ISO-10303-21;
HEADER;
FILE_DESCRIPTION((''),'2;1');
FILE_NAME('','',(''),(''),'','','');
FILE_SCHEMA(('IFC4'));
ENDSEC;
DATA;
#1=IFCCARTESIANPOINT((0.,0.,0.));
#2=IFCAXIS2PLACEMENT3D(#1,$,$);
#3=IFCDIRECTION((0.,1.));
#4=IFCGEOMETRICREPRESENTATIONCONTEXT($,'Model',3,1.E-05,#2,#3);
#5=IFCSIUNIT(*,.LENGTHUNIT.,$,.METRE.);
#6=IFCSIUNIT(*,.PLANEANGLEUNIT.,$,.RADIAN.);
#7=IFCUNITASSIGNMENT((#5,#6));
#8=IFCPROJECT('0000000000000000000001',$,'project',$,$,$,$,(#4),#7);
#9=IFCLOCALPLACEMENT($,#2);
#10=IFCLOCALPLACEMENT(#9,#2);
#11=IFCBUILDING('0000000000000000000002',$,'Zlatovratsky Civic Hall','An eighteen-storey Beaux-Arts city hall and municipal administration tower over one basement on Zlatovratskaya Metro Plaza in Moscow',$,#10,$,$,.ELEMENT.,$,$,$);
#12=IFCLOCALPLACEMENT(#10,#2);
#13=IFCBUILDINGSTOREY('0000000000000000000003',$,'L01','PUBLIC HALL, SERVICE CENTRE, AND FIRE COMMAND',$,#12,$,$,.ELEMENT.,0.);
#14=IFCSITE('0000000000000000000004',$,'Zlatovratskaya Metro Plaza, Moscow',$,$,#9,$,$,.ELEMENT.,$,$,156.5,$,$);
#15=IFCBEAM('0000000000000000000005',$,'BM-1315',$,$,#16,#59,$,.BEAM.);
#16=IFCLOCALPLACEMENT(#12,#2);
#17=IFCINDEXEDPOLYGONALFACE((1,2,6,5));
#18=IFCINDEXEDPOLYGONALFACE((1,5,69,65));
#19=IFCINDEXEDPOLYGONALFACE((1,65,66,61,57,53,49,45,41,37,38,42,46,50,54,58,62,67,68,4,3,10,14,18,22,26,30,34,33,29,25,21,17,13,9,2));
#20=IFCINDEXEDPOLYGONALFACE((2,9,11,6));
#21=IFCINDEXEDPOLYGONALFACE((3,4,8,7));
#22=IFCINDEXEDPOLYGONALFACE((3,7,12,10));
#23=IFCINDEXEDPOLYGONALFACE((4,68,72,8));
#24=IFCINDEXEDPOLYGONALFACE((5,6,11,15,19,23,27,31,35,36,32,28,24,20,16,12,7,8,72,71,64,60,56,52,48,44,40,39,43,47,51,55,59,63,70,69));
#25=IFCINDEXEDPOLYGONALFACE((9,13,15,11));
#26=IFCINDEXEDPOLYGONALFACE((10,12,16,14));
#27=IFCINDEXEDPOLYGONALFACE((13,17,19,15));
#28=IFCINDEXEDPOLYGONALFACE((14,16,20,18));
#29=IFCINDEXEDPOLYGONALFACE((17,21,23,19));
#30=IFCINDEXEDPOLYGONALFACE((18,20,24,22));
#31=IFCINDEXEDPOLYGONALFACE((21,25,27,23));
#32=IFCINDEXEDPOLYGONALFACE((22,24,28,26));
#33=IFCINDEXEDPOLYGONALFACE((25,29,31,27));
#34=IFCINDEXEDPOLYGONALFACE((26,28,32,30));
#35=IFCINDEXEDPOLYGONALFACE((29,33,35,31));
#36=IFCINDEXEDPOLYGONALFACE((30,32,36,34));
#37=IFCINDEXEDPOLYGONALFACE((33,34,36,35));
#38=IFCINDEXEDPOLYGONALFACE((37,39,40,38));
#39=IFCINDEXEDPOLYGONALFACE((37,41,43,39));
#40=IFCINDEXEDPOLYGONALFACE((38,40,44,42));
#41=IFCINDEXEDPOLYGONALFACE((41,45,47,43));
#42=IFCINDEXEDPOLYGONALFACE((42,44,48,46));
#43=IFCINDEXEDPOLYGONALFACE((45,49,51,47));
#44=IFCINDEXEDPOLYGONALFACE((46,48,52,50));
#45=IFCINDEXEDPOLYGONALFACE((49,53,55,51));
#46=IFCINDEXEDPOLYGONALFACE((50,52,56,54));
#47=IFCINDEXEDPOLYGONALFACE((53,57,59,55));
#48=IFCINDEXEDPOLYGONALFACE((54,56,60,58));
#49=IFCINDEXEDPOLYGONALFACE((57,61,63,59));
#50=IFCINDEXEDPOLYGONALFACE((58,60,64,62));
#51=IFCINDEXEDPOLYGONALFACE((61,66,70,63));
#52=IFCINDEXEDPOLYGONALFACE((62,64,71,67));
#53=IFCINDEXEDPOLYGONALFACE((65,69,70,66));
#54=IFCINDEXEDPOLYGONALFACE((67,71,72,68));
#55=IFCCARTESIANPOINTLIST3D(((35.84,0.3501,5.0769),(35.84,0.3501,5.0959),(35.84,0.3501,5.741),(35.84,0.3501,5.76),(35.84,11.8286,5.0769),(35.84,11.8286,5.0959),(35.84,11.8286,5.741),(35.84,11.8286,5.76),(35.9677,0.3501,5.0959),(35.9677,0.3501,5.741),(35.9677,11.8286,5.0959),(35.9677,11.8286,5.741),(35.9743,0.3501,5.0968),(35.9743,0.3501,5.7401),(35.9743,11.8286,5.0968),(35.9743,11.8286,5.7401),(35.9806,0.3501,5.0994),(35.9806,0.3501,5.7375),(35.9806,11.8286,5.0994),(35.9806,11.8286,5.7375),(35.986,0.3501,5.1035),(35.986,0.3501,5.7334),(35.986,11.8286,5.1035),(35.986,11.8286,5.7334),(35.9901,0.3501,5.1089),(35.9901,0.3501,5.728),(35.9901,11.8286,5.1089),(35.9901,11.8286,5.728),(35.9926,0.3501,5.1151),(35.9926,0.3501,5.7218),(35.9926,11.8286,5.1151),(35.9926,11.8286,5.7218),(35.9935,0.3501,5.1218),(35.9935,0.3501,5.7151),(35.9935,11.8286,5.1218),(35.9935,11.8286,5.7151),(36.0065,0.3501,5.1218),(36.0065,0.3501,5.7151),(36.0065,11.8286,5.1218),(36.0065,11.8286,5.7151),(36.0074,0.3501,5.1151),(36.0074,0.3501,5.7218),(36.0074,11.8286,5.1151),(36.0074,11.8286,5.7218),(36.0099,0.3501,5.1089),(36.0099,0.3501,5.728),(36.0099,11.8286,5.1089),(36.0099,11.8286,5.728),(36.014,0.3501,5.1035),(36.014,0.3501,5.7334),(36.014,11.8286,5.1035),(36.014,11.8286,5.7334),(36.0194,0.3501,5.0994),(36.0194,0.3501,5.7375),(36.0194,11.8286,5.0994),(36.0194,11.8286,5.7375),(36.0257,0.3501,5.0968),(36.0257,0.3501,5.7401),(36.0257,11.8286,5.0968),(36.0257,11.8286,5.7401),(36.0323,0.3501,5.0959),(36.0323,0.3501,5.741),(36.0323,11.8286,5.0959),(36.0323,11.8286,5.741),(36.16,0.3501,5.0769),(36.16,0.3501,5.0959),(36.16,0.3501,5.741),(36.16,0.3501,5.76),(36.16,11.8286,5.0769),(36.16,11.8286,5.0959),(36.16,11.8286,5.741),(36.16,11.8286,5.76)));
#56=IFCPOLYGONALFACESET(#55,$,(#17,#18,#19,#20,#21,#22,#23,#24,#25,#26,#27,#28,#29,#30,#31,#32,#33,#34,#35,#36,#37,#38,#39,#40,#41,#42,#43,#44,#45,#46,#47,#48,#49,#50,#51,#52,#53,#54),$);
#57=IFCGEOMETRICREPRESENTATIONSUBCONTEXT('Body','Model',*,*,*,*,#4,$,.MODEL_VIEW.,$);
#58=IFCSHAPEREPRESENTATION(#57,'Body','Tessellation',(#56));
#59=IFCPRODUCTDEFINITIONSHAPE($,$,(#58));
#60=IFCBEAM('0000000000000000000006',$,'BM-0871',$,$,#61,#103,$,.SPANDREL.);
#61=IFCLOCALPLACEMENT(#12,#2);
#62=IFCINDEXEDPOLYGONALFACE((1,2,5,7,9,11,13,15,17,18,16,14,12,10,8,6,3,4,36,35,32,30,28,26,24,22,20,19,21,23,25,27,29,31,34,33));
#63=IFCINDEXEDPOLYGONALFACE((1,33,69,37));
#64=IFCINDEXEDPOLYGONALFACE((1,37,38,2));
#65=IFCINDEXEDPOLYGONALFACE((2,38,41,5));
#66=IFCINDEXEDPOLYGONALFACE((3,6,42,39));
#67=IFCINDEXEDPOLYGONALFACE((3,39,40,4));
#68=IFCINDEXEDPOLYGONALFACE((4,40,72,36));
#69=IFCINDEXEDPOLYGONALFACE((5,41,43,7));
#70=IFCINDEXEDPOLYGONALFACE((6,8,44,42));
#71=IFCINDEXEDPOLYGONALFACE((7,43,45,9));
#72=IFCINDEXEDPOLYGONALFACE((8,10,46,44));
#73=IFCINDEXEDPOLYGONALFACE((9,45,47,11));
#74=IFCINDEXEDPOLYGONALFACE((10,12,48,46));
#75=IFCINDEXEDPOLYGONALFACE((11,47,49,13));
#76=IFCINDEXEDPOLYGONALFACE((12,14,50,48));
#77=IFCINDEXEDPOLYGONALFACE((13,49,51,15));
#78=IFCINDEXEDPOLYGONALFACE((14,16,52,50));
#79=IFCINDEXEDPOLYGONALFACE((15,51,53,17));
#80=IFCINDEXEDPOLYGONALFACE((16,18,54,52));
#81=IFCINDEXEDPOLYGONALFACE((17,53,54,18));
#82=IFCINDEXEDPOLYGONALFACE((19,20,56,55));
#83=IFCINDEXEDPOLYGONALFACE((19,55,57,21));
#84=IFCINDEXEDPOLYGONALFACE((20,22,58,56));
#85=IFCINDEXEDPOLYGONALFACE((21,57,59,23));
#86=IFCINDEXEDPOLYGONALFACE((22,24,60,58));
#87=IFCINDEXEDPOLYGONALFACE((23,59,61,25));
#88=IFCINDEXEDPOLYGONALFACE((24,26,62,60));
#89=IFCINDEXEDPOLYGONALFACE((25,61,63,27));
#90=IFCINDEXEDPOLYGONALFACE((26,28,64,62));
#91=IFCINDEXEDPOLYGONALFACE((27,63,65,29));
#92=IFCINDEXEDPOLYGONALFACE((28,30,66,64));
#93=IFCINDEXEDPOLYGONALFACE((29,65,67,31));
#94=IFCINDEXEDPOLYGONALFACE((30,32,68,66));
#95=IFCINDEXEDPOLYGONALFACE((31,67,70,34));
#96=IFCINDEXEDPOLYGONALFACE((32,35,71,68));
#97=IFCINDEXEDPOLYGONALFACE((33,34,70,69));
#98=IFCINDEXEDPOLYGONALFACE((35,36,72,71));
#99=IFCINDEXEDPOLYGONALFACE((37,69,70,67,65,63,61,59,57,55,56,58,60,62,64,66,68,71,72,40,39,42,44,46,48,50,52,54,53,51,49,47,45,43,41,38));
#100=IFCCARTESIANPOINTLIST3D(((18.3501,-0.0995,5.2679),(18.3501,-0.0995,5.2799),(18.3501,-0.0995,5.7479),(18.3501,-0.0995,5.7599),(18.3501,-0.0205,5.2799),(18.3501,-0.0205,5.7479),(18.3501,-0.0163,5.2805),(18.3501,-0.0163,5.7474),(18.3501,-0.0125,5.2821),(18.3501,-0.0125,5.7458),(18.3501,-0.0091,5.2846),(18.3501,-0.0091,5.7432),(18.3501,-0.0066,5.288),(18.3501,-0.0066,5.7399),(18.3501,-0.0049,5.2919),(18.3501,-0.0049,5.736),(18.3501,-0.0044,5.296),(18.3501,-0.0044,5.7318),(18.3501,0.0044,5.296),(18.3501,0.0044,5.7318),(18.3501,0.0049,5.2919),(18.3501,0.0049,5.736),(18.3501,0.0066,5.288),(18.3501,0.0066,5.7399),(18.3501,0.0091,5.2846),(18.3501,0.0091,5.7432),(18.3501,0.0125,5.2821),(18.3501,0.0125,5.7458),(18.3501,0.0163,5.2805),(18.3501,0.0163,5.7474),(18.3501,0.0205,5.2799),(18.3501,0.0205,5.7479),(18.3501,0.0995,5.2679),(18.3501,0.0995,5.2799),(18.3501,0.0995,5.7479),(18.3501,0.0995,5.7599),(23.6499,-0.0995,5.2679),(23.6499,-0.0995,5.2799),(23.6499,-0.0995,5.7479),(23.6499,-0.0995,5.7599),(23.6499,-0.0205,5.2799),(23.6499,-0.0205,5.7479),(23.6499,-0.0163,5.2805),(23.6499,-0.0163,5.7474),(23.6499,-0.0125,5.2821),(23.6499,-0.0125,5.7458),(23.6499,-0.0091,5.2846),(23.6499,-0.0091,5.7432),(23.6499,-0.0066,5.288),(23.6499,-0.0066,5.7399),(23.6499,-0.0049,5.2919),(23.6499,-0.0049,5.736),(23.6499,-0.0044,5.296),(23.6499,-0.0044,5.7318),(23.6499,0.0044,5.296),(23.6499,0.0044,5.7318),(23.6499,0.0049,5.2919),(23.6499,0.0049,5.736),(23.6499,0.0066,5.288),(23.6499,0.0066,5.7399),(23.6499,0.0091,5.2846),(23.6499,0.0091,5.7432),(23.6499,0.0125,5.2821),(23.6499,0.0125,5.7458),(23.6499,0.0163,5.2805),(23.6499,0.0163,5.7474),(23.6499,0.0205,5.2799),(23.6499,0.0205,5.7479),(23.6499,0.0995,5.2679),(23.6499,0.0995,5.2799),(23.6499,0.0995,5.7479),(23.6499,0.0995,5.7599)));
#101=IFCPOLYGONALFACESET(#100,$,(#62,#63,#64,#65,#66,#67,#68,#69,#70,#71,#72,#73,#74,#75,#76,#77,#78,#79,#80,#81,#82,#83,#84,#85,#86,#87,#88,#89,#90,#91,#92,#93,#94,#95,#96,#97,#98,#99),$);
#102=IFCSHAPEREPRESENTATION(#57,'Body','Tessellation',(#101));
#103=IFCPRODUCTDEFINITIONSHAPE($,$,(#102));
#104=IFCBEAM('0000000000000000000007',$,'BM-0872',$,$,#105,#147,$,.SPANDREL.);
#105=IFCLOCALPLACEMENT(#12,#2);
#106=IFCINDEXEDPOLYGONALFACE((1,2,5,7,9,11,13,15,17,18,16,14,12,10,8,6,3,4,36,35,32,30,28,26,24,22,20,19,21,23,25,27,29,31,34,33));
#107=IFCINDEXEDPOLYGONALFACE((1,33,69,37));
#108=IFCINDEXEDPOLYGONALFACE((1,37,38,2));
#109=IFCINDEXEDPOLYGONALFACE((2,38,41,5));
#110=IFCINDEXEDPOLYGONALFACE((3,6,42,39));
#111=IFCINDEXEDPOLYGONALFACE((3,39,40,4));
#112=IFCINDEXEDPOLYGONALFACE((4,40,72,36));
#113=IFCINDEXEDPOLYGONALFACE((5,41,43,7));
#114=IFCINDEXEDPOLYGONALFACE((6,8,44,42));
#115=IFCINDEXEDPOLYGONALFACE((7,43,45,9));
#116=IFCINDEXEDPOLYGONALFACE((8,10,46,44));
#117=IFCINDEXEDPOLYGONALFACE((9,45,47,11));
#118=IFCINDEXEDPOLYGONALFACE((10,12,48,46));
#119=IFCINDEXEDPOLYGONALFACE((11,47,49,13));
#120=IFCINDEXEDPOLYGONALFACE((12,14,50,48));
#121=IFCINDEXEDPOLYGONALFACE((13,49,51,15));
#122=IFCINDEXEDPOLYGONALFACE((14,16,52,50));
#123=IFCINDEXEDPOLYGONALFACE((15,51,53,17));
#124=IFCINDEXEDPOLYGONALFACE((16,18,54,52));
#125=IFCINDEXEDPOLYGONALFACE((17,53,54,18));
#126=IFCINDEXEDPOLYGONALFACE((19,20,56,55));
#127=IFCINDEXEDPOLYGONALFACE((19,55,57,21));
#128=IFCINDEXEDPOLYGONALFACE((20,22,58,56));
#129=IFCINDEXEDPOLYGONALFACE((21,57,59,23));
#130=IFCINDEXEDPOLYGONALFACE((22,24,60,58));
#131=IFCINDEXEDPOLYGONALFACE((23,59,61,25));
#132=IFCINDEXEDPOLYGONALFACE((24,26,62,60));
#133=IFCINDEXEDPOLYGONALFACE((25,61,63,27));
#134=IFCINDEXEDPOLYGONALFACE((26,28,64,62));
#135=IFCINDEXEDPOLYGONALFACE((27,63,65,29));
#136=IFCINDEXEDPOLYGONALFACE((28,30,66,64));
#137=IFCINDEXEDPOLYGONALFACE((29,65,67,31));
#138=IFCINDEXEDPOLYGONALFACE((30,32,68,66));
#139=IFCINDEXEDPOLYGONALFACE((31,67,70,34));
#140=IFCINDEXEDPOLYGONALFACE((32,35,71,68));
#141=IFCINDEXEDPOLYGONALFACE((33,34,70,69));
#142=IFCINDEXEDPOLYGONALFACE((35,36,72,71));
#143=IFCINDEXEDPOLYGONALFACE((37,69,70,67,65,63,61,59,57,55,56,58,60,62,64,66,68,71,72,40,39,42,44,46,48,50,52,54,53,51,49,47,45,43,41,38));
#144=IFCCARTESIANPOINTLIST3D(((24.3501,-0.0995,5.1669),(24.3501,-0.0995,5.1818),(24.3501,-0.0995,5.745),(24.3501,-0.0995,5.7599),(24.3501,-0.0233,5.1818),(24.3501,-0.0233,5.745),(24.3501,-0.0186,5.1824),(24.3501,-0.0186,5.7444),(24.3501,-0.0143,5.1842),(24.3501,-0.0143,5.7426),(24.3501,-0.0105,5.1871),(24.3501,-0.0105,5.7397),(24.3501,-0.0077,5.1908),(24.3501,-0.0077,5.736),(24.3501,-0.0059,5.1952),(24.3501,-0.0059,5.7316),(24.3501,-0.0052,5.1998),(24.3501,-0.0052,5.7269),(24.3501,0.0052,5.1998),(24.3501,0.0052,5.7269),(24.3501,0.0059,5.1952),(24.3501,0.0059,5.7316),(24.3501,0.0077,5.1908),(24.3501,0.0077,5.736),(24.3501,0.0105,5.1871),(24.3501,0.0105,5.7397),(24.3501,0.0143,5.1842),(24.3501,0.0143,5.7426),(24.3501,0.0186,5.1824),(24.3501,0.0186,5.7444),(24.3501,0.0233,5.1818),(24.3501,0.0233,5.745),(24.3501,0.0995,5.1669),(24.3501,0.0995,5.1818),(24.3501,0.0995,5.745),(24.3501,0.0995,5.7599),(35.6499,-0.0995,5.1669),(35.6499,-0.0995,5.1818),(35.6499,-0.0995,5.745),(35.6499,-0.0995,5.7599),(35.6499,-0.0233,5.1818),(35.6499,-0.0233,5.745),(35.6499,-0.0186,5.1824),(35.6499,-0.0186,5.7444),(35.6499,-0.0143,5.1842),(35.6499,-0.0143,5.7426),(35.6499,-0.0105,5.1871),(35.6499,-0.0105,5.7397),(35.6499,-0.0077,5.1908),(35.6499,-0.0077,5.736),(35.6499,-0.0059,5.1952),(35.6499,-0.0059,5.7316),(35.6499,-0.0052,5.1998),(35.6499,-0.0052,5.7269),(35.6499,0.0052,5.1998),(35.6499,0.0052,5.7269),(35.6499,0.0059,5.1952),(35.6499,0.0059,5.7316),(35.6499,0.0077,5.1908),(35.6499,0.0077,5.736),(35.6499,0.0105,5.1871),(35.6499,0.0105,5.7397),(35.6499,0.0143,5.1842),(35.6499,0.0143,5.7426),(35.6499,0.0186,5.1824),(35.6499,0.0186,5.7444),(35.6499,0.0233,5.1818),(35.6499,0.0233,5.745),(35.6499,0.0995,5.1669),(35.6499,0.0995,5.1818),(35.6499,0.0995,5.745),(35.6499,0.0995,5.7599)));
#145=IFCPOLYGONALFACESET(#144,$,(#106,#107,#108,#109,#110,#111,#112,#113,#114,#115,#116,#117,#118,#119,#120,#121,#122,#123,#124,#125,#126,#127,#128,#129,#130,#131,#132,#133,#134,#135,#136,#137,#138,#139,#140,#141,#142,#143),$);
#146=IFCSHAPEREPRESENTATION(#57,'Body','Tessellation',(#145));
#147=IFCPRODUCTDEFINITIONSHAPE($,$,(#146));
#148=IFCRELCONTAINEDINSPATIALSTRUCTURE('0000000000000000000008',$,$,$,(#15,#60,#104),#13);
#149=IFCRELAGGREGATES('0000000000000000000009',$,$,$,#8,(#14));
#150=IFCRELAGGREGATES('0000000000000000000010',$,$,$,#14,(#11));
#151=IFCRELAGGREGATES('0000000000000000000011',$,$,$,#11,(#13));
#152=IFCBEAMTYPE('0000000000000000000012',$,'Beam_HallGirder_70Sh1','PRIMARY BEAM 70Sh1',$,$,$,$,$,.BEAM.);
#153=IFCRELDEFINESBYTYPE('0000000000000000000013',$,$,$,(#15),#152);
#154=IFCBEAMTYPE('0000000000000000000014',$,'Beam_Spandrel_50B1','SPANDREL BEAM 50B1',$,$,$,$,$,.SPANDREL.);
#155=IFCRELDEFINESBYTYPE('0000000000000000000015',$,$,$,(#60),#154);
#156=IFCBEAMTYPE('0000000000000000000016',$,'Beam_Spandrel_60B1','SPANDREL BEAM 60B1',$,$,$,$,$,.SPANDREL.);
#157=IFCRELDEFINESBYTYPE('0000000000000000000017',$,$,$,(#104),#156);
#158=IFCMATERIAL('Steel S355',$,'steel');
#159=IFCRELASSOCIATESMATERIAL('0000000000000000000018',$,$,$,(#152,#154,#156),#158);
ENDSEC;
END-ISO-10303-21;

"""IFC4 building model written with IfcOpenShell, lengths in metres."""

from ifc_helpers import new_model, si_unit, direction, frame, origin, origin_2d, place, context, subcontext, project, spatial, i_section, extrude, material, material_profile, profile_set, type_object, element, save


model = new_model("IFC4")

# Units and contexts
model_context = context("Model", 3, precision=1e-05, world=origin(), true_north=direction((0.0, 1.0)))
body_context = subcontext(model_context, "Body", "Model", "MODEL_VIEW")
ifc_project = project(units=[si_unit("LENGTHUNIT", "METRE"), si_unit("PLANEANGLEUNIT", "RADIAN")], contexts=[model_context])

# Site, building, storey
site_placement = place(None, origin())
site = spatial("IfcSite", under=ifc_project, at=site_placement, Name="Zlatovratskaya Metro Plaza, Moscow", CompositionType="ELEMENT", RefElevation=156.5)
building_placement = place(site_placement, origin())
building = spatial("IfcBuilding", under=site, at=building_placement, Name="Zlatovratsky Civic Hall", Description="An eighteen-storey Beaux-Arts city hall and municipal administration tower over one basement on Zlatovratskaya Metro Plaza in Moscow", CompositionType="ELEMENT")
storey_placement = place(building_placement, origin())
storey = spatial("IfcBuildingStorey", under=building, at=storey_placement, Name="L01", Description="PUBLIC HALL, SERVICE CENTRE, AND FIRE COMMAND", CompositionType="ELEMENT", Elevation=0.0)

# Shared definitions
ifc_material_1 = material(Name="Steel S355", Category="steel")

# Beams
ifc_material_profile_1 = material_profile(ifc_material_1, i_section(OverallWidth=0.3201, OverallDepth=0.6831, WebThickness=0.0129, FlangeThickness=0.019, FilletRadius=0.0259, at=origin_2d()), Name="70Sh1")
ifc_profile_set_1 = profile_set([ifc_material_profile_1], Name="Steel S355")
beam_type_1 = type_object("IfcBeamType", Name="Beam_HallGirder_70Sh1", Description="PRIMARY BEAM 70Sh1", PredefinedType="BEAM", material=ifc_profile_set_1)
for number, where, z_axis, x_axis, name in (
    (1, (36.0, 0.3501, 5.4185), (0.0, 1.0, 0.0), (-1.0, 0.0, 0.0), "BM-1315"),
):
    element("IfcBeam", number, at=place(storey_placement, frame(where, z_axis=z_axis, x_axis=x_axis)), inside=storey, type_object=beam_type_1, Name=name, PredefinedType="BEAM", context=body_context, shape_type="SweptSolid", body=[
        extrude(i_section(OverallWidth=0.3201, OverallDepth=0.6831, WebThickness=0.0129, FlangeThickness=0.019, FilletRadius=0.0259, at=origin_2d()), origin(), (0.0, 0.0, 1.0), 11.4785),
    ])
ifc_material_profile_2 = material_profile(ifc_material_1, i_section(OverallWidth=0.199, OverallDepth=0.4919, WebThickness=0.0088, FlangeThickness=0.012, FilletRadius=0.0161, at=origin_2d()), Name="50B1")
ifc_profile_set_2 = profile_set([ifc_material_profile_2], Name="Steel S355")
beam_type_2 = type_object("IfcBeamType", Name="Beam_Spandrel_50B1", Description="SPANDREL BEAM 50B1", PredefinedType="SPANDREL", material=ifc_profile_set_2)
beam_1_placement = place(storey_placement, frame((18.3501, 0.0, 5.5139), z_axis=(1.0, 0.0, 0.0), x_axis=(0.0, 1.0, 0.0)))
element("IfcBeam", 2, at=beam_1_placement, inside=storey, type_object=beam_type_2, Name="BM-0871", PredefinedType="SPANDREL", context=body_context, shape_type="SweptSolid", body=[
    extrude(i_section(OverallWidth=0.199, OverallDepth=0.4919, WebThickness=0.0088, FlangeThickness=0.012, FilletRadius=0.0161, at=origin_2d()), origin(), (0.0, 0.0, 1.0), 5.2998),
])
ifc_material_profile_3 = material_profile(ifc_material_1, i_section(OverallWidth=0.199, OverallDepth=0.593, WebThickness=0.0105, FlangeThickness=0.0149, FilletRadius=0.0181, at=origin_2d()), Name="60B1")
ifc_profile_set_3 = profile_set([ifc_material_profile_3], Name="Steel S355")
beam_type_3 = type_object("IfcBeamType", Name="Beam_Spandrel_60B1", Description="SPANDREL BEAM 60B1", PredefinedType="SPANDREL", material=ifc_profile_set_3)
beam_2_placement = place(storey_placement, frame((24.3501, 0.0, 5.4634), z_axis=(1.0, 0.0, 0.0), x_axis=(0.0, 1.0, 0.0)))
element("IfcBeam", 3, at=beam_2_placement, inside=storey, type_object=beam_type_3, Name="BM-0872", PredefinedType="SPANDREL", context=body_context, shape_type="SweptSolid", body=[
    extrude(i_section(OverallWidth=0.199, OverallDepth=0.593, WebThickness=0.0105, FlangeThickness=0.0149, FilletRadius=0.0181, at=origin_2d()), origin(), (0.0, 0.0, 1.0), 11.2998),
])

save(model, "model.ifc")
